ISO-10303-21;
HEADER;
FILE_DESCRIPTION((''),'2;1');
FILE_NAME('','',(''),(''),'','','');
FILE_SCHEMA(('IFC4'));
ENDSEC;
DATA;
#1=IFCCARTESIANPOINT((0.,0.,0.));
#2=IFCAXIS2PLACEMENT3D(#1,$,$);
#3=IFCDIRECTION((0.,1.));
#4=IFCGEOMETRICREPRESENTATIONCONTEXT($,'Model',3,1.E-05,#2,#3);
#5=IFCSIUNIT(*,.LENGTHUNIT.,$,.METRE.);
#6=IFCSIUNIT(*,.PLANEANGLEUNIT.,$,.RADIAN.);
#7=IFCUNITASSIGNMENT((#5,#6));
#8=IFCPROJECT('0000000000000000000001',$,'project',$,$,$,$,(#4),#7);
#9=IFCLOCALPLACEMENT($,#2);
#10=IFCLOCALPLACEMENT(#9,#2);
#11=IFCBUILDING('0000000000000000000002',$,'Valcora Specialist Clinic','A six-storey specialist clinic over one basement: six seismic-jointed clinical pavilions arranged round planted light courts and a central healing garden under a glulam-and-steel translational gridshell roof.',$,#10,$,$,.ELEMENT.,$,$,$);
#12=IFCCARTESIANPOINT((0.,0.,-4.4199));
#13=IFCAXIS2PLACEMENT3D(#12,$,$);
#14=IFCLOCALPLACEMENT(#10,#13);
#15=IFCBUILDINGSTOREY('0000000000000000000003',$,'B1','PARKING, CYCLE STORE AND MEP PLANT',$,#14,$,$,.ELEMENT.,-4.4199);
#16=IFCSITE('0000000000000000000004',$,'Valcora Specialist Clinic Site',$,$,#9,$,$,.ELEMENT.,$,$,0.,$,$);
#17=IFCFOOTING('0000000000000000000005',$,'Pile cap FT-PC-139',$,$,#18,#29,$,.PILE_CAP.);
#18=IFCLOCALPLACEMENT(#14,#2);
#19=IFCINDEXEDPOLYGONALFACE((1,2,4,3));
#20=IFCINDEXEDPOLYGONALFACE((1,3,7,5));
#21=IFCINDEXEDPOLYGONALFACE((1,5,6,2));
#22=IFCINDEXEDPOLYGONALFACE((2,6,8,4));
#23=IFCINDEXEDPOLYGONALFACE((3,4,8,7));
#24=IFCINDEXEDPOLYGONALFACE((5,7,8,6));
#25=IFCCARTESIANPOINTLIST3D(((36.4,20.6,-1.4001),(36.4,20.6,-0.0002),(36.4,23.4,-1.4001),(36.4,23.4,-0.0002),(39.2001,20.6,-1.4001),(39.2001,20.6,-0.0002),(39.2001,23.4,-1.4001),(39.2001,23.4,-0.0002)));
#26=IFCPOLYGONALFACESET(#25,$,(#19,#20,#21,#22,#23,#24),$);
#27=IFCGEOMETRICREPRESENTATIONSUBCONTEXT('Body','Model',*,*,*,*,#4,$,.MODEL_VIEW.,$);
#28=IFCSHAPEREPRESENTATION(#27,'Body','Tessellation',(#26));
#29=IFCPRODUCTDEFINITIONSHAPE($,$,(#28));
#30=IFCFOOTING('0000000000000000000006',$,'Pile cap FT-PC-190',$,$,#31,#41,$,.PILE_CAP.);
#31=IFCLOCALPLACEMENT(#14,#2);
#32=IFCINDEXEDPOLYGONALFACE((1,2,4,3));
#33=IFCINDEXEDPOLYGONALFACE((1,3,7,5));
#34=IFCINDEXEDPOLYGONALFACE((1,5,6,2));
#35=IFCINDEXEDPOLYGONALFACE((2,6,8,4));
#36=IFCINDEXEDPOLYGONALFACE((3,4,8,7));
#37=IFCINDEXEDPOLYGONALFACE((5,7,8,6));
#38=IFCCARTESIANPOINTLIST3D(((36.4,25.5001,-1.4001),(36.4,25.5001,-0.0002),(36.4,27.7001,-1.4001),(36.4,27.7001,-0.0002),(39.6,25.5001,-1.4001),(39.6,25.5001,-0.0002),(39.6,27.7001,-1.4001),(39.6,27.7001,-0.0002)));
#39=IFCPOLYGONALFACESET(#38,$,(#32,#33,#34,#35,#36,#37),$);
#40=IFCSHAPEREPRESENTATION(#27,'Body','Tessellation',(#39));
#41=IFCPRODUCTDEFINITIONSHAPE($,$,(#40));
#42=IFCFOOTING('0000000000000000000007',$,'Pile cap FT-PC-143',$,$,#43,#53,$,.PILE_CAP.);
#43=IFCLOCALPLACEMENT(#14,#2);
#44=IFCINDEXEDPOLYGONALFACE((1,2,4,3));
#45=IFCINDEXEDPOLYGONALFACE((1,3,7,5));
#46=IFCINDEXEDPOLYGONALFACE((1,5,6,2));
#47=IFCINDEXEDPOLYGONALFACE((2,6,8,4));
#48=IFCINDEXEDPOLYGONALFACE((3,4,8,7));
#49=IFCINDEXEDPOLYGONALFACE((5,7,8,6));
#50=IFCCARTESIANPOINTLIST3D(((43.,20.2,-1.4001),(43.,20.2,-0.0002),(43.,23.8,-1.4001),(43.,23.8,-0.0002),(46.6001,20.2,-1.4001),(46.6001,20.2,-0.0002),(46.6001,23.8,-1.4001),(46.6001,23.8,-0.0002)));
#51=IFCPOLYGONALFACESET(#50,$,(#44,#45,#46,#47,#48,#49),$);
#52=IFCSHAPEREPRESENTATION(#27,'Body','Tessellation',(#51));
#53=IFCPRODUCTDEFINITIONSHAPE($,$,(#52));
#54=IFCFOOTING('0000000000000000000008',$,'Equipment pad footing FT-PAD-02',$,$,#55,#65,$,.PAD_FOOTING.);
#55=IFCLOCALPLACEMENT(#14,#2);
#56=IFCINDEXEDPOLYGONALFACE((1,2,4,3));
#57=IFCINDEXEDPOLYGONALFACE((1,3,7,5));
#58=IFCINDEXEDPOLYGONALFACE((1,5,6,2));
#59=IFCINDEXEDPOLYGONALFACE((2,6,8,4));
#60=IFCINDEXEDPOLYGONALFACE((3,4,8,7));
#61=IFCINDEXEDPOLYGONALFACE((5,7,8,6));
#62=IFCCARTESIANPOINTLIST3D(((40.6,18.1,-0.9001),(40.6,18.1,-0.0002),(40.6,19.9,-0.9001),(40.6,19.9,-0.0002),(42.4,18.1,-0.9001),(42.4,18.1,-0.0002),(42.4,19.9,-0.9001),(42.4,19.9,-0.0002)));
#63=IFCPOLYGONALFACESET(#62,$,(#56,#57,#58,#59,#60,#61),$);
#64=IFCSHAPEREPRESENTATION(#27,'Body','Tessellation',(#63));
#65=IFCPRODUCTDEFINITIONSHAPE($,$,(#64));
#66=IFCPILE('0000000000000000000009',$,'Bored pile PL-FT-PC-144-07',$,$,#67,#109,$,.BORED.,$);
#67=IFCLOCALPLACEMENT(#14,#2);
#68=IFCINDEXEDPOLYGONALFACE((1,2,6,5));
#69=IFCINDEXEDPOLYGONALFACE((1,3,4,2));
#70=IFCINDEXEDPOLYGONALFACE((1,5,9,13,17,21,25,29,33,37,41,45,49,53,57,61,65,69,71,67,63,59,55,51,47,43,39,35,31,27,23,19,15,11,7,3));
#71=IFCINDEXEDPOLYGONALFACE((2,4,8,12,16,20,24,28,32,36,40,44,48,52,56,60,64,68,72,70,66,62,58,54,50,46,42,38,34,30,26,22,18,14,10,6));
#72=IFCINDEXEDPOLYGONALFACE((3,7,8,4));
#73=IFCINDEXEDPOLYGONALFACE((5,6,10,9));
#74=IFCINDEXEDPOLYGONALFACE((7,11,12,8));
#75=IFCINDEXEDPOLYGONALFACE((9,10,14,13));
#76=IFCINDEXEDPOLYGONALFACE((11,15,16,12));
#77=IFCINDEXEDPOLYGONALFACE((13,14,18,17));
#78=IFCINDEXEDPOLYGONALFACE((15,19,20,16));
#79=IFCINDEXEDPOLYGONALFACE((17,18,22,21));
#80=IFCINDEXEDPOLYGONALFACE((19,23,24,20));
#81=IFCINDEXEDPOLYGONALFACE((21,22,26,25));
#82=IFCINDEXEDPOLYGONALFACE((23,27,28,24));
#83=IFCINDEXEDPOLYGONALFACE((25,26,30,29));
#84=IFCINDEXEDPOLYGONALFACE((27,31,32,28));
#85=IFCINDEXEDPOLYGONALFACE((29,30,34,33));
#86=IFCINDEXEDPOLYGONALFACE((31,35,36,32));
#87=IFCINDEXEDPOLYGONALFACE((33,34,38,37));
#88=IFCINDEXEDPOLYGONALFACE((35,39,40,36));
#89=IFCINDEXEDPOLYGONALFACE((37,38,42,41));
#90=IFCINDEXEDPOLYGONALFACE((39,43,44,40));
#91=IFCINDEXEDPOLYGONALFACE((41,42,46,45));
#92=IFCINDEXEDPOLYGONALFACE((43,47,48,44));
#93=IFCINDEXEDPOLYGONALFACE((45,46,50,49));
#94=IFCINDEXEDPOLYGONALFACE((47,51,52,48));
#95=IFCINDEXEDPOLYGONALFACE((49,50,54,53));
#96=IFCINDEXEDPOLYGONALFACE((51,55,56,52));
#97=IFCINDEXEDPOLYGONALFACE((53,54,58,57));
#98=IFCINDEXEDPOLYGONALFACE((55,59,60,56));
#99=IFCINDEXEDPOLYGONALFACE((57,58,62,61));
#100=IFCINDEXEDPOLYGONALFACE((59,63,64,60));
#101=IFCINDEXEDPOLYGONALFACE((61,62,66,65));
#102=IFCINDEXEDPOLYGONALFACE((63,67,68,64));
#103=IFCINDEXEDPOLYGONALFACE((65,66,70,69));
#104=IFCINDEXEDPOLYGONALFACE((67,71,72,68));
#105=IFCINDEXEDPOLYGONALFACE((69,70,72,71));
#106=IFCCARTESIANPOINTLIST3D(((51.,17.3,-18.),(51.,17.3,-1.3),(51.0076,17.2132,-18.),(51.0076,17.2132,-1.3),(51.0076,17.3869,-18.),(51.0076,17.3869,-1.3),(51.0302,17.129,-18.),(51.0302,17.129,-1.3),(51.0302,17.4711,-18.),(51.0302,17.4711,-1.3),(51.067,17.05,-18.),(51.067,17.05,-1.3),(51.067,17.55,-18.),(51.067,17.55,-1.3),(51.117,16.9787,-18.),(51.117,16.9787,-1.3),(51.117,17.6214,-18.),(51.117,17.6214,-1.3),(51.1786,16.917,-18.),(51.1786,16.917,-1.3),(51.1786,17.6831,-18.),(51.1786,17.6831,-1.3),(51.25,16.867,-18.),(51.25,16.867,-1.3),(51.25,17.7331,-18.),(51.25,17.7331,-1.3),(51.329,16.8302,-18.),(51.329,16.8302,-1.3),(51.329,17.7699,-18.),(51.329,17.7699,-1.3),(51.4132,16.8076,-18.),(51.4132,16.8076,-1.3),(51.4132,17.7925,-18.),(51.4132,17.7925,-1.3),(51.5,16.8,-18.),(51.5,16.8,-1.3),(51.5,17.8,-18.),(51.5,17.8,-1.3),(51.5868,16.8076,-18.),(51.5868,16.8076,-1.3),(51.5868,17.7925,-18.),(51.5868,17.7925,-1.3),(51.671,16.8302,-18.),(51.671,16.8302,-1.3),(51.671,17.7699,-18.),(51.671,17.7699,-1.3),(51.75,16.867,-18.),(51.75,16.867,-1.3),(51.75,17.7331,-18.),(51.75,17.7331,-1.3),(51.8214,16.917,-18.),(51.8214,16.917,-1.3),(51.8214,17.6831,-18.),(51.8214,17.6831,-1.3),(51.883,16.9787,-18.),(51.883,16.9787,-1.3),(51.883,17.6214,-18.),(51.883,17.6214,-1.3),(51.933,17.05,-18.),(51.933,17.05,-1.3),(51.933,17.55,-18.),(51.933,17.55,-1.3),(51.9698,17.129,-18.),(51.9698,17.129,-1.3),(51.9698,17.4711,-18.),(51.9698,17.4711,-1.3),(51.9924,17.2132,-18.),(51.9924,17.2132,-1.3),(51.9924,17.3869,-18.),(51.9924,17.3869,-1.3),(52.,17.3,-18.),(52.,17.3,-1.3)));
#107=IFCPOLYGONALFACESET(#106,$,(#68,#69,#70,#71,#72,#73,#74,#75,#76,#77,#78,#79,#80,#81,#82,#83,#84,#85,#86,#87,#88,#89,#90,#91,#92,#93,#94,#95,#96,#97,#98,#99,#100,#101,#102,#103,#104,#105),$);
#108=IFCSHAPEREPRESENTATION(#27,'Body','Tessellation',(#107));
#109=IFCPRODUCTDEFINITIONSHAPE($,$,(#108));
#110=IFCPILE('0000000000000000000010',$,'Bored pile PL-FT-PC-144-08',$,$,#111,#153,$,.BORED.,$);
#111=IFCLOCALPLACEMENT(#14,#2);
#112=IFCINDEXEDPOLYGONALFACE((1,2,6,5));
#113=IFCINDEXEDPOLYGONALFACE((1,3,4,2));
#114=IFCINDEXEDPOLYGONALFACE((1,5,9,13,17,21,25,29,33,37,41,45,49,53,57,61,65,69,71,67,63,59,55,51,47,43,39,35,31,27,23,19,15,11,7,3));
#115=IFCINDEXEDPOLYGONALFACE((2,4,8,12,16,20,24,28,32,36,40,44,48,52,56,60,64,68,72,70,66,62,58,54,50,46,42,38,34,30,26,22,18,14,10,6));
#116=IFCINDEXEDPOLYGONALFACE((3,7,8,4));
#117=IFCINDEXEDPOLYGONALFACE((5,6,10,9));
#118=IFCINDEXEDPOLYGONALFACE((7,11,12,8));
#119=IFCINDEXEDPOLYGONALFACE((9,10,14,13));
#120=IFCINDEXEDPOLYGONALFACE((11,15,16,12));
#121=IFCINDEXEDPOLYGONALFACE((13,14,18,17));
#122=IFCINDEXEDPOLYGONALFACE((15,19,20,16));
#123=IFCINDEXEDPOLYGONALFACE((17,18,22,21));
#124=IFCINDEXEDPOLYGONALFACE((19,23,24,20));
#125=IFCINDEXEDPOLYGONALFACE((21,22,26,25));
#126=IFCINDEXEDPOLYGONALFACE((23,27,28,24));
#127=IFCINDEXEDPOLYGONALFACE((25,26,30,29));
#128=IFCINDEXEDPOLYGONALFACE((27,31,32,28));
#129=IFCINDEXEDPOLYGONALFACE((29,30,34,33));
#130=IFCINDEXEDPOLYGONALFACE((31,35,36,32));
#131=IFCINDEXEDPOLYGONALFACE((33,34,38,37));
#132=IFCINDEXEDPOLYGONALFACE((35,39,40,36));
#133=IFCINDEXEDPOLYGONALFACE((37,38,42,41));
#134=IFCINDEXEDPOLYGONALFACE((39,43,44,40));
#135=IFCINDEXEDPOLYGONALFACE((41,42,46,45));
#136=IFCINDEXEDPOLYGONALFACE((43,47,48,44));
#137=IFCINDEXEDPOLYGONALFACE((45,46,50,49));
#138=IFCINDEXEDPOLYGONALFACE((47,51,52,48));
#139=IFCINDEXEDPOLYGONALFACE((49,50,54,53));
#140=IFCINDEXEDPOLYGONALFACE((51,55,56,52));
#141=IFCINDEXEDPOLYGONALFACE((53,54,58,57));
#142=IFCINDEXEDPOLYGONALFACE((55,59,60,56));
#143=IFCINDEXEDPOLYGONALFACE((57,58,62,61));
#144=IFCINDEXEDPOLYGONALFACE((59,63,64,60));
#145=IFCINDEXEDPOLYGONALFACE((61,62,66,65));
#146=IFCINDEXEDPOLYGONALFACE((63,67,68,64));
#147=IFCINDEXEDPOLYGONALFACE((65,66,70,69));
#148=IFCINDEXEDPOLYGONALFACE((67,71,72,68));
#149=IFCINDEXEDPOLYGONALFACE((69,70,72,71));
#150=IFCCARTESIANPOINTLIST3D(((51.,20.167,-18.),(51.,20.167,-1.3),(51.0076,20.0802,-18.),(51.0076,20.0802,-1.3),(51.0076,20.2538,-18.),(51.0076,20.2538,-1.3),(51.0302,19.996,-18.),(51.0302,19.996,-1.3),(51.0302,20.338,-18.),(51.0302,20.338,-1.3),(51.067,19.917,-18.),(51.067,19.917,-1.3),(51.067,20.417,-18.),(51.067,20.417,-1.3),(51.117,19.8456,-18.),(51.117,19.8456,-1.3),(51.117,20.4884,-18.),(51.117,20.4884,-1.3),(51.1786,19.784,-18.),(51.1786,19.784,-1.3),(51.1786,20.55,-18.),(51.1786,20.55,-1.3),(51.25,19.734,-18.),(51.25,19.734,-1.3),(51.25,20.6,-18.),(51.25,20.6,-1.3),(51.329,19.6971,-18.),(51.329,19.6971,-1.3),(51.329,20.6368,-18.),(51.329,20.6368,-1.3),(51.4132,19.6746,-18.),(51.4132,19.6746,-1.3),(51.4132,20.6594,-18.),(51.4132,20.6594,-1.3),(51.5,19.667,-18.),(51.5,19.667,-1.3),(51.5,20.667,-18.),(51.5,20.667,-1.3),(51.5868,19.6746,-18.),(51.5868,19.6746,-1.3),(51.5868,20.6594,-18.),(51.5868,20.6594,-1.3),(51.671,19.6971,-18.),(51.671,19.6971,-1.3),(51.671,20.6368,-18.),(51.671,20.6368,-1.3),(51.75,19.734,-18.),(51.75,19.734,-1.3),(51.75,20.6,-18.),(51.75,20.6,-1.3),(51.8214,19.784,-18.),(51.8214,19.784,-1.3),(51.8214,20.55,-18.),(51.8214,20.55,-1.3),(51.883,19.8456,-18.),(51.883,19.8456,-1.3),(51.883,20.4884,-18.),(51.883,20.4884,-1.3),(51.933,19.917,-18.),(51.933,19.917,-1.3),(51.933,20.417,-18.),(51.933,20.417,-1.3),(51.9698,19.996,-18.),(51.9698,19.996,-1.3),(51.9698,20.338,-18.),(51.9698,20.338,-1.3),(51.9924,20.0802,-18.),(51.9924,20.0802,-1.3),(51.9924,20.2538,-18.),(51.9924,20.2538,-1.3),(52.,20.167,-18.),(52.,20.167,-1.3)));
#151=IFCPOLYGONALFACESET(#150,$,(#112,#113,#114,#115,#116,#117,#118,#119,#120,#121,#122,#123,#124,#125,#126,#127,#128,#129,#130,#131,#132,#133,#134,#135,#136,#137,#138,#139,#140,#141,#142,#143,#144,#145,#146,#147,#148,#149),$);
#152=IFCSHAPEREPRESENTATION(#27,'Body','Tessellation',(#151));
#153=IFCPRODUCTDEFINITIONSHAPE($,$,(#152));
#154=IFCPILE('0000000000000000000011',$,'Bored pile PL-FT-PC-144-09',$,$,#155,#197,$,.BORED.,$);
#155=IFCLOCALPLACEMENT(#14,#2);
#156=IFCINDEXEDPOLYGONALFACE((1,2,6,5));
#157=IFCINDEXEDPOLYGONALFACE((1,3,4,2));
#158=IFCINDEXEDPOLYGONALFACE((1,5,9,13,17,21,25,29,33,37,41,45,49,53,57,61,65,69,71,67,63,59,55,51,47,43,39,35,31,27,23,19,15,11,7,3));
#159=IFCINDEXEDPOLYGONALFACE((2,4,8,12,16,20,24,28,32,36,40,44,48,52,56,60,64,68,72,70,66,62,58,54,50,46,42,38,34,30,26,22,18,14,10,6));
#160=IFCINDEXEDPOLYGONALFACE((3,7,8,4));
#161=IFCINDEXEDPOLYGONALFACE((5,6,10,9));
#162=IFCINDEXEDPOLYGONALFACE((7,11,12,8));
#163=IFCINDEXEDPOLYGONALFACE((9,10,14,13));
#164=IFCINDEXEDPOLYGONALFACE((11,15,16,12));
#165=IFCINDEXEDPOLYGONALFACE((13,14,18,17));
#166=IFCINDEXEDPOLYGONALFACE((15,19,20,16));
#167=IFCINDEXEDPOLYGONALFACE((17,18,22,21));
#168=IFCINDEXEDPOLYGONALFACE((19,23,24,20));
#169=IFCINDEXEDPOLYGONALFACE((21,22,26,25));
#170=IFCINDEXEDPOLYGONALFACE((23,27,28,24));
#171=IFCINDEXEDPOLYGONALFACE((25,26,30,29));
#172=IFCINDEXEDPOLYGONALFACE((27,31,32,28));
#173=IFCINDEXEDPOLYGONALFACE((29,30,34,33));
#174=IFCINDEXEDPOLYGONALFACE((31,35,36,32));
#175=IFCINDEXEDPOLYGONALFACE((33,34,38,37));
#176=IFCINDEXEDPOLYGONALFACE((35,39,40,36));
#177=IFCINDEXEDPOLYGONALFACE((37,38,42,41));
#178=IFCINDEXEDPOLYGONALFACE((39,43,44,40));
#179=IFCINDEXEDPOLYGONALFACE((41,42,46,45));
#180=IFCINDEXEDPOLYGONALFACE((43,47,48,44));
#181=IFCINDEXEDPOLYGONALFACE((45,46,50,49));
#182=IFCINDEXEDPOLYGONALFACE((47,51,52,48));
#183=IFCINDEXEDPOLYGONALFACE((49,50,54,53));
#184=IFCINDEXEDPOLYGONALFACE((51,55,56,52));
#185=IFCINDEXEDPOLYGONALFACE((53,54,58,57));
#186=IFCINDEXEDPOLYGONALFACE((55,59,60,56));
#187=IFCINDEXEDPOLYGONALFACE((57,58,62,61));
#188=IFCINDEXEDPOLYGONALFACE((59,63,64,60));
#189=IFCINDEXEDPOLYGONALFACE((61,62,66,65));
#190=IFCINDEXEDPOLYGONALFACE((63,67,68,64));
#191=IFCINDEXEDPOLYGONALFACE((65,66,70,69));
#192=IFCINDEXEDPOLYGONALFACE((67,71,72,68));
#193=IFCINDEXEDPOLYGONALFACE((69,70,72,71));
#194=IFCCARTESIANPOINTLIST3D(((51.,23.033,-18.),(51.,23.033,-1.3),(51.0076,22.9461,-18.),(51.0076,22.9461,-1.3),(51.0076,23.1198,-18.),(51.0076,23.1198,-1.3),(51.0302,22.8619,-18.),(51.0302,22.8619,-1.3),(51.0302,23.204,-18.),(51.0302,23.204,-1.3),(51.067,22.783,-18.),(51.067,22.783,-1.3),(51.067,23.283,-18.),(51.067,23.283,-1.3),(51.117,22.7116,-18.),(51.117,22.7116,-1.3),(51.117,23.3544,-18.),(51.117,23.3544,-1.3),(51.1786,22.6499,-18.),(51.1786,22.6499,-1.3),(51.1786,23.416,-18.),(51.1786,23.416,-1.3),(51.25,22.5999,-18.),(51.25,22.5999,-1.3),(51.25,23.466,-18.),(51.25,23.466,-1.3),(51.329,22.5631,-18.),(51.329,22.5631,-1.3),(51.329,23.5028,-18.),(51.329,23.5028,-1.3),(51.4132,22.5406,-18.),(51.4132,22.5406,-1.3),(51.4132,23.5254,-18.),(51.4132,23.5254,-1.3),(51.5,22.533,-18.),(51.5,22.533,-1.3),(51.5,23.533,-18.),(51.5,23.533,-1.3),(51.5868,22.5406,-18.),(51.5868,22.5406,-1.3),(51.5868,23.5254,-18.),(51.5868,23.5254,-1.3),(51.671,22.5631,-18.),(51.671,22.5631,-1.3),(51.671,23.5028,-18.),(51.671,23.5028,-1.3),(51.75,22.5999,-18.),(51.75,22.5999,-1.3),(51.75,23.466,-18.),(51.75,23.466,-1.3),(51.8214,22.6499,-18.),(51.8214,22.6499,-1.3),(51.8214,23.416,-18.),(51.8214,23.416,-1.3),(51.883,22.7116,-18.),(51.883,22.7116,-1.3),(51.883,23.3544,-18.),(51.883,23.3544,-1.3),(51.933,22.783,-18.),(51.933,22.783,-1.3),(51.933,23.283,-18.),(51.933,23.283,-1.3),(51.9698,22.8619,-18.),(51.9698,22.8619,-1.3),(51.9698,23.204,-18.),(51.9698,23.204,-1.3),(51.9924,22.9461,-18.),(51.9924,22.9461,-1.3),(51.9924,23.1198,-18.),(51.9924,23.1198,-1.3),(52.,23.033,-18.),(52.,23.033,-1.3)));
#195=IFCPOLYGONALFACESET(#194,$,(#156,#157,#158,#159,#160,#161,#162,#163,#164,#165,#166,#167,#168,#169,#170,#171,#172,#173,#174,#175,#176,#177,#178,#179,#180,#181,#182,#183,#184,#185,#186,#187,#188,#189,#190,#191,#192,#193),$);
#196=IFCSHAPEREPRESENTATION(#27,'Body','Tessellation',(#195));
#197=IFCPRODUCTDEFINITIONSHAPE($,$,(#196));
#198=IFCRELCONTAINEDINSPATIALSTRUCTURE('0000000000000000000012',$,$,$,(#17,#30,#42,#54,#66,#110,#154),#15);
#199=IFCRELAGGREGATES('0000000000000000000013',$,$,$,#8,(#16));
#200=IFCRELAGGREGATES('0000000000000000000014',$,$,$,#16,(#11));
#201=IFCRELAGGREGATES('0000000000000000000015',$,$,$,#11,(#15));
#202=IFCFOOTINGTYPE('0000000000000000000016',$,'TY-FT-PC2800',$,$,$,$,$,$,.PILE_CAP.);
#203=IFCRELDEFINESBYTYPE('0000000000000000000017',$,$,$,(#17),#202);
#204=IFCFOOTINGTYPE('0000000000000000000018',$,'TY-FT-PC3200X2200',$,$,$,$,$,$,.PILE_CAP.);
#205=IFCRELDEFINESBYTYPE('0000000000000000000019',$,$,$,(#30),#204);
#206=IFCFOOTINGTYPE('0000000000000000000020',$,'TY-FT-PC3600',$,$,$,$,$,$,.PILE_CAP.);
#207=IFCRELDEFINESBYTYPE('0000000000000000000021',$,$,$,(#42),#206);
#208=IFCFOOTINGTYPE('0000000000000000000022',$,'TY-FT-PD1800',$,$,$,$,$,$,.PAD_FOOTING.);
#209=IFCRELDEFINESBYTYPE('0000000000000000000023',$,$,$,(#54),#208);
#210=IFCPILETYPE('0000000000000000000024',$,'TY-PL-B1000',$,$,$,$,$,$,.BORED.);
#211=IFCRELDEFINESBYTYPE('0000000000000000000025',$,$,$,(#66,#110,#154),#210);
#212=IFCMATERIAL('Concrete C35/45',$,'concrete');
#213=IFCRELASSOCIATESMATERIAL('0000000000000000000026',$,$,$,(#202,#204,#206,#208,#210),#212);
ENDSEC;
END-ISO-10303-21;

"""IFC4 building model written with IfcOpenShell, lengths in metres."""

from ifc_helpers import new_model, si_unit, direction, frame, origin, origin_2d, place, context, subcontext, project, spatial, rectangle, circle, extrude, material, material_profile, profile_set, type_object, element, save


model = new_model("IFC4")

# Units and contexts
model_context = context("Model", 3, precision=1e-05, world=origin(), true_north=direction((0.0, 1.0)))
body_context = subcontext(model_context, "Body", "Model", "MODEL_VIEW")
ifc_project = project(units=[si_unit("LENGTHUNIT", "METRE"), si_unit("PLANEANGLEUNIT", "RADIAN")], contexts=[model_context])

# Site, building, storey
site_placement = place(None, origin())
site = spatial("IfcSite", under=ifc_project, at=site_placement, Name="Valcora Specialist Clinic Site", CompositionType="ELEMENT", RefElevation=0.0)
building_placement = place(site_placement, origin())
building = spatial("IfcBuilding", under=site, at=building_placement, Name="Valcora Specialist Clinic", Description="A six-storey specialist clinic over one basement: six seismic-jointed clinical pavilions arranged round planted light courts and a central healing garden under a glulam-and-steel translational gridshell roof.", CompositionType="ELEMENT")
storey_placement = place(building_placement, frame((0.0, 0.0, -4.4199)))
storey = spatial("IfcBuildingStorey", under=building, at=storey_placement, Name="B1", Description="PARKING, CYCLE STORE AND MEP PLANT", CompositionType="ELEMENT", Elevation=-4.4199)

# Footings
ifc_material_1 = material(Name="Concrete C35/45", Category="concrete")
footing_type_1 = type_object("IfcFootingType", Name="TY-FT-PC2800", PredefinedType="PILE_CAP", material=ifc_material_1)
footing_1_placement = place(storey_placement, frame((37.8, 22.0, -1.4001), z_axis=(0.0, 0.0, 1.0), x_axis=(1.0, 0.0, 0.0)))
element("IfcFooting", 1, at=footing_1_placement, inside=storey, type_object=footing_type_1, Name="Pile cap FT-PC-139", PredefinedType="PILE_CAP", context=body_context, shape_type="SweptSolid", body=[
    extrude(rectangle(XDim=2.8, YDim=2.8, at=origin_2d()), origin(), (0.0, 0.0, 1.0), 1.3999),
])
footing_type_2 = type_object("IfcFootingType", Name="TY-FT-PC3200X2200", PredefinedType="PILE_CAP", material=ifc_material_1)
footing_2_placement = place(storey_placement, frame((38.0, 26.6001, -1.4001), z_axis=(0.0, 0.0, 1.0), x_axis=(1.0, 0.0, 0.0)))
element("IfcFooting", 2, at=footing_2_placement, inside=storey, type_object=footing_type_2, Name="Pile cap FT-PC-190", PredefinedType="PILE_CAP", context=body_context, shape_type="SweptSolid", body=[
    extrude(rectangle(XDim=3.2, YDim=2.2, at=origin_2d()), origin(), (0.0, 0.0, 1.0), 1.3999),
])
footing_type_3 = type_object("IfcFootingType", Name="TY-FT-PC3600", PredefinedType="PILE_CAP", material=ifc_material_1)
footing_3_placement = place(storey_placement, frame((44.8, 22.0, -1.4001), z_axis=(0.0, 0.0, 1.0), x_axis=(1.0, 0.0, 0.0)))
element("IfcFooting", 3, at=footing_3_placement, inside=storey, type_object=footing_type_3, Name="Pile cap FT-PC-143", PredefinedType="PILE_CAP", context=body_context, shape_type="SweptSolid", body=[
    extrude(rectangle(XDim=3.6001, YDim=3.6001, at=origin_2d()), origin(), (0.0, 0.0, 1.0), 1.3999),
])
footing_type_4 = type_object("IfcFootingType", Name="TY-FT-PD1800", PredefinedType="PAD_FOOTING", material=ifc_material_1)
footing_4_placement = place(storey_placement, frame((41.5, 19.0, -0.9001), z_axis=(0.0, 0.0, 1.0), x_axis=(1.0, 0.0, 0.0)))
element("IfcFooting", 4, at=footing_4_placement, inside=storey, type_object=footing_type_4, Name="Equipment pad footing FT-PAD-02", PredefinedType="PAD_FOOTING", context=body_context, shape_type="SweptSolid", body=[
    extrude(rectangle(XDim=1.8, YDim=1.8, at=origin_2d()), origin(), (0.0, 0.0, 1.0), 0.8999),
])

# Piles
ifc_material_profile_1 = material_profile(ifc_material_1, circle(Radius=0.5, at=origin_2d()), Name="RC-PIL-D1000")
ifc_profile_set_1 = profile_set([ifc_material_profile_1], Name="Concrete C35/45")
pile_type_1 = type_object("IfcPileType", Name="TY-PL-B1000", PredefinedType="BORED", material=ifc_profile_set_1)
for number, where, z_axis, x_axis, name in (
    (5, (51.5, 17.3, -1.3), (0.0, 0.0, -1.0), (1.0, 0.0, 0.0), "Bored pile PL-FT-PC-144-07"),
    (6, (51.5, 20.167, -1.3), (0.0, 0.0, -1.0), (1.0, 0.0, 0.0), "Bored pile PL-FT-PC-144-08"),
    (7, (51.5, 23.033, -1.3), (0.0, 0.0, -1.0), (1.0, 0.0, 0.0), "Bored pile PL-FT-PC-144-09"),
):
    element("IfcPile", number, at=place(storey_placement, frame(where, z_axis=z_axis, x_axis=x_axis)), inside=storey, type_object=pile_type_1, Name=name, PredefinedType="BORED", context=body_context, shape_type="SweptSolid", body=[
        extrude(circle(Radius=0.5, at=origin_2d()), origin(), (0.0, 0.0, 1.0), 16.7),
    ])

save(model, "model.ifc")
